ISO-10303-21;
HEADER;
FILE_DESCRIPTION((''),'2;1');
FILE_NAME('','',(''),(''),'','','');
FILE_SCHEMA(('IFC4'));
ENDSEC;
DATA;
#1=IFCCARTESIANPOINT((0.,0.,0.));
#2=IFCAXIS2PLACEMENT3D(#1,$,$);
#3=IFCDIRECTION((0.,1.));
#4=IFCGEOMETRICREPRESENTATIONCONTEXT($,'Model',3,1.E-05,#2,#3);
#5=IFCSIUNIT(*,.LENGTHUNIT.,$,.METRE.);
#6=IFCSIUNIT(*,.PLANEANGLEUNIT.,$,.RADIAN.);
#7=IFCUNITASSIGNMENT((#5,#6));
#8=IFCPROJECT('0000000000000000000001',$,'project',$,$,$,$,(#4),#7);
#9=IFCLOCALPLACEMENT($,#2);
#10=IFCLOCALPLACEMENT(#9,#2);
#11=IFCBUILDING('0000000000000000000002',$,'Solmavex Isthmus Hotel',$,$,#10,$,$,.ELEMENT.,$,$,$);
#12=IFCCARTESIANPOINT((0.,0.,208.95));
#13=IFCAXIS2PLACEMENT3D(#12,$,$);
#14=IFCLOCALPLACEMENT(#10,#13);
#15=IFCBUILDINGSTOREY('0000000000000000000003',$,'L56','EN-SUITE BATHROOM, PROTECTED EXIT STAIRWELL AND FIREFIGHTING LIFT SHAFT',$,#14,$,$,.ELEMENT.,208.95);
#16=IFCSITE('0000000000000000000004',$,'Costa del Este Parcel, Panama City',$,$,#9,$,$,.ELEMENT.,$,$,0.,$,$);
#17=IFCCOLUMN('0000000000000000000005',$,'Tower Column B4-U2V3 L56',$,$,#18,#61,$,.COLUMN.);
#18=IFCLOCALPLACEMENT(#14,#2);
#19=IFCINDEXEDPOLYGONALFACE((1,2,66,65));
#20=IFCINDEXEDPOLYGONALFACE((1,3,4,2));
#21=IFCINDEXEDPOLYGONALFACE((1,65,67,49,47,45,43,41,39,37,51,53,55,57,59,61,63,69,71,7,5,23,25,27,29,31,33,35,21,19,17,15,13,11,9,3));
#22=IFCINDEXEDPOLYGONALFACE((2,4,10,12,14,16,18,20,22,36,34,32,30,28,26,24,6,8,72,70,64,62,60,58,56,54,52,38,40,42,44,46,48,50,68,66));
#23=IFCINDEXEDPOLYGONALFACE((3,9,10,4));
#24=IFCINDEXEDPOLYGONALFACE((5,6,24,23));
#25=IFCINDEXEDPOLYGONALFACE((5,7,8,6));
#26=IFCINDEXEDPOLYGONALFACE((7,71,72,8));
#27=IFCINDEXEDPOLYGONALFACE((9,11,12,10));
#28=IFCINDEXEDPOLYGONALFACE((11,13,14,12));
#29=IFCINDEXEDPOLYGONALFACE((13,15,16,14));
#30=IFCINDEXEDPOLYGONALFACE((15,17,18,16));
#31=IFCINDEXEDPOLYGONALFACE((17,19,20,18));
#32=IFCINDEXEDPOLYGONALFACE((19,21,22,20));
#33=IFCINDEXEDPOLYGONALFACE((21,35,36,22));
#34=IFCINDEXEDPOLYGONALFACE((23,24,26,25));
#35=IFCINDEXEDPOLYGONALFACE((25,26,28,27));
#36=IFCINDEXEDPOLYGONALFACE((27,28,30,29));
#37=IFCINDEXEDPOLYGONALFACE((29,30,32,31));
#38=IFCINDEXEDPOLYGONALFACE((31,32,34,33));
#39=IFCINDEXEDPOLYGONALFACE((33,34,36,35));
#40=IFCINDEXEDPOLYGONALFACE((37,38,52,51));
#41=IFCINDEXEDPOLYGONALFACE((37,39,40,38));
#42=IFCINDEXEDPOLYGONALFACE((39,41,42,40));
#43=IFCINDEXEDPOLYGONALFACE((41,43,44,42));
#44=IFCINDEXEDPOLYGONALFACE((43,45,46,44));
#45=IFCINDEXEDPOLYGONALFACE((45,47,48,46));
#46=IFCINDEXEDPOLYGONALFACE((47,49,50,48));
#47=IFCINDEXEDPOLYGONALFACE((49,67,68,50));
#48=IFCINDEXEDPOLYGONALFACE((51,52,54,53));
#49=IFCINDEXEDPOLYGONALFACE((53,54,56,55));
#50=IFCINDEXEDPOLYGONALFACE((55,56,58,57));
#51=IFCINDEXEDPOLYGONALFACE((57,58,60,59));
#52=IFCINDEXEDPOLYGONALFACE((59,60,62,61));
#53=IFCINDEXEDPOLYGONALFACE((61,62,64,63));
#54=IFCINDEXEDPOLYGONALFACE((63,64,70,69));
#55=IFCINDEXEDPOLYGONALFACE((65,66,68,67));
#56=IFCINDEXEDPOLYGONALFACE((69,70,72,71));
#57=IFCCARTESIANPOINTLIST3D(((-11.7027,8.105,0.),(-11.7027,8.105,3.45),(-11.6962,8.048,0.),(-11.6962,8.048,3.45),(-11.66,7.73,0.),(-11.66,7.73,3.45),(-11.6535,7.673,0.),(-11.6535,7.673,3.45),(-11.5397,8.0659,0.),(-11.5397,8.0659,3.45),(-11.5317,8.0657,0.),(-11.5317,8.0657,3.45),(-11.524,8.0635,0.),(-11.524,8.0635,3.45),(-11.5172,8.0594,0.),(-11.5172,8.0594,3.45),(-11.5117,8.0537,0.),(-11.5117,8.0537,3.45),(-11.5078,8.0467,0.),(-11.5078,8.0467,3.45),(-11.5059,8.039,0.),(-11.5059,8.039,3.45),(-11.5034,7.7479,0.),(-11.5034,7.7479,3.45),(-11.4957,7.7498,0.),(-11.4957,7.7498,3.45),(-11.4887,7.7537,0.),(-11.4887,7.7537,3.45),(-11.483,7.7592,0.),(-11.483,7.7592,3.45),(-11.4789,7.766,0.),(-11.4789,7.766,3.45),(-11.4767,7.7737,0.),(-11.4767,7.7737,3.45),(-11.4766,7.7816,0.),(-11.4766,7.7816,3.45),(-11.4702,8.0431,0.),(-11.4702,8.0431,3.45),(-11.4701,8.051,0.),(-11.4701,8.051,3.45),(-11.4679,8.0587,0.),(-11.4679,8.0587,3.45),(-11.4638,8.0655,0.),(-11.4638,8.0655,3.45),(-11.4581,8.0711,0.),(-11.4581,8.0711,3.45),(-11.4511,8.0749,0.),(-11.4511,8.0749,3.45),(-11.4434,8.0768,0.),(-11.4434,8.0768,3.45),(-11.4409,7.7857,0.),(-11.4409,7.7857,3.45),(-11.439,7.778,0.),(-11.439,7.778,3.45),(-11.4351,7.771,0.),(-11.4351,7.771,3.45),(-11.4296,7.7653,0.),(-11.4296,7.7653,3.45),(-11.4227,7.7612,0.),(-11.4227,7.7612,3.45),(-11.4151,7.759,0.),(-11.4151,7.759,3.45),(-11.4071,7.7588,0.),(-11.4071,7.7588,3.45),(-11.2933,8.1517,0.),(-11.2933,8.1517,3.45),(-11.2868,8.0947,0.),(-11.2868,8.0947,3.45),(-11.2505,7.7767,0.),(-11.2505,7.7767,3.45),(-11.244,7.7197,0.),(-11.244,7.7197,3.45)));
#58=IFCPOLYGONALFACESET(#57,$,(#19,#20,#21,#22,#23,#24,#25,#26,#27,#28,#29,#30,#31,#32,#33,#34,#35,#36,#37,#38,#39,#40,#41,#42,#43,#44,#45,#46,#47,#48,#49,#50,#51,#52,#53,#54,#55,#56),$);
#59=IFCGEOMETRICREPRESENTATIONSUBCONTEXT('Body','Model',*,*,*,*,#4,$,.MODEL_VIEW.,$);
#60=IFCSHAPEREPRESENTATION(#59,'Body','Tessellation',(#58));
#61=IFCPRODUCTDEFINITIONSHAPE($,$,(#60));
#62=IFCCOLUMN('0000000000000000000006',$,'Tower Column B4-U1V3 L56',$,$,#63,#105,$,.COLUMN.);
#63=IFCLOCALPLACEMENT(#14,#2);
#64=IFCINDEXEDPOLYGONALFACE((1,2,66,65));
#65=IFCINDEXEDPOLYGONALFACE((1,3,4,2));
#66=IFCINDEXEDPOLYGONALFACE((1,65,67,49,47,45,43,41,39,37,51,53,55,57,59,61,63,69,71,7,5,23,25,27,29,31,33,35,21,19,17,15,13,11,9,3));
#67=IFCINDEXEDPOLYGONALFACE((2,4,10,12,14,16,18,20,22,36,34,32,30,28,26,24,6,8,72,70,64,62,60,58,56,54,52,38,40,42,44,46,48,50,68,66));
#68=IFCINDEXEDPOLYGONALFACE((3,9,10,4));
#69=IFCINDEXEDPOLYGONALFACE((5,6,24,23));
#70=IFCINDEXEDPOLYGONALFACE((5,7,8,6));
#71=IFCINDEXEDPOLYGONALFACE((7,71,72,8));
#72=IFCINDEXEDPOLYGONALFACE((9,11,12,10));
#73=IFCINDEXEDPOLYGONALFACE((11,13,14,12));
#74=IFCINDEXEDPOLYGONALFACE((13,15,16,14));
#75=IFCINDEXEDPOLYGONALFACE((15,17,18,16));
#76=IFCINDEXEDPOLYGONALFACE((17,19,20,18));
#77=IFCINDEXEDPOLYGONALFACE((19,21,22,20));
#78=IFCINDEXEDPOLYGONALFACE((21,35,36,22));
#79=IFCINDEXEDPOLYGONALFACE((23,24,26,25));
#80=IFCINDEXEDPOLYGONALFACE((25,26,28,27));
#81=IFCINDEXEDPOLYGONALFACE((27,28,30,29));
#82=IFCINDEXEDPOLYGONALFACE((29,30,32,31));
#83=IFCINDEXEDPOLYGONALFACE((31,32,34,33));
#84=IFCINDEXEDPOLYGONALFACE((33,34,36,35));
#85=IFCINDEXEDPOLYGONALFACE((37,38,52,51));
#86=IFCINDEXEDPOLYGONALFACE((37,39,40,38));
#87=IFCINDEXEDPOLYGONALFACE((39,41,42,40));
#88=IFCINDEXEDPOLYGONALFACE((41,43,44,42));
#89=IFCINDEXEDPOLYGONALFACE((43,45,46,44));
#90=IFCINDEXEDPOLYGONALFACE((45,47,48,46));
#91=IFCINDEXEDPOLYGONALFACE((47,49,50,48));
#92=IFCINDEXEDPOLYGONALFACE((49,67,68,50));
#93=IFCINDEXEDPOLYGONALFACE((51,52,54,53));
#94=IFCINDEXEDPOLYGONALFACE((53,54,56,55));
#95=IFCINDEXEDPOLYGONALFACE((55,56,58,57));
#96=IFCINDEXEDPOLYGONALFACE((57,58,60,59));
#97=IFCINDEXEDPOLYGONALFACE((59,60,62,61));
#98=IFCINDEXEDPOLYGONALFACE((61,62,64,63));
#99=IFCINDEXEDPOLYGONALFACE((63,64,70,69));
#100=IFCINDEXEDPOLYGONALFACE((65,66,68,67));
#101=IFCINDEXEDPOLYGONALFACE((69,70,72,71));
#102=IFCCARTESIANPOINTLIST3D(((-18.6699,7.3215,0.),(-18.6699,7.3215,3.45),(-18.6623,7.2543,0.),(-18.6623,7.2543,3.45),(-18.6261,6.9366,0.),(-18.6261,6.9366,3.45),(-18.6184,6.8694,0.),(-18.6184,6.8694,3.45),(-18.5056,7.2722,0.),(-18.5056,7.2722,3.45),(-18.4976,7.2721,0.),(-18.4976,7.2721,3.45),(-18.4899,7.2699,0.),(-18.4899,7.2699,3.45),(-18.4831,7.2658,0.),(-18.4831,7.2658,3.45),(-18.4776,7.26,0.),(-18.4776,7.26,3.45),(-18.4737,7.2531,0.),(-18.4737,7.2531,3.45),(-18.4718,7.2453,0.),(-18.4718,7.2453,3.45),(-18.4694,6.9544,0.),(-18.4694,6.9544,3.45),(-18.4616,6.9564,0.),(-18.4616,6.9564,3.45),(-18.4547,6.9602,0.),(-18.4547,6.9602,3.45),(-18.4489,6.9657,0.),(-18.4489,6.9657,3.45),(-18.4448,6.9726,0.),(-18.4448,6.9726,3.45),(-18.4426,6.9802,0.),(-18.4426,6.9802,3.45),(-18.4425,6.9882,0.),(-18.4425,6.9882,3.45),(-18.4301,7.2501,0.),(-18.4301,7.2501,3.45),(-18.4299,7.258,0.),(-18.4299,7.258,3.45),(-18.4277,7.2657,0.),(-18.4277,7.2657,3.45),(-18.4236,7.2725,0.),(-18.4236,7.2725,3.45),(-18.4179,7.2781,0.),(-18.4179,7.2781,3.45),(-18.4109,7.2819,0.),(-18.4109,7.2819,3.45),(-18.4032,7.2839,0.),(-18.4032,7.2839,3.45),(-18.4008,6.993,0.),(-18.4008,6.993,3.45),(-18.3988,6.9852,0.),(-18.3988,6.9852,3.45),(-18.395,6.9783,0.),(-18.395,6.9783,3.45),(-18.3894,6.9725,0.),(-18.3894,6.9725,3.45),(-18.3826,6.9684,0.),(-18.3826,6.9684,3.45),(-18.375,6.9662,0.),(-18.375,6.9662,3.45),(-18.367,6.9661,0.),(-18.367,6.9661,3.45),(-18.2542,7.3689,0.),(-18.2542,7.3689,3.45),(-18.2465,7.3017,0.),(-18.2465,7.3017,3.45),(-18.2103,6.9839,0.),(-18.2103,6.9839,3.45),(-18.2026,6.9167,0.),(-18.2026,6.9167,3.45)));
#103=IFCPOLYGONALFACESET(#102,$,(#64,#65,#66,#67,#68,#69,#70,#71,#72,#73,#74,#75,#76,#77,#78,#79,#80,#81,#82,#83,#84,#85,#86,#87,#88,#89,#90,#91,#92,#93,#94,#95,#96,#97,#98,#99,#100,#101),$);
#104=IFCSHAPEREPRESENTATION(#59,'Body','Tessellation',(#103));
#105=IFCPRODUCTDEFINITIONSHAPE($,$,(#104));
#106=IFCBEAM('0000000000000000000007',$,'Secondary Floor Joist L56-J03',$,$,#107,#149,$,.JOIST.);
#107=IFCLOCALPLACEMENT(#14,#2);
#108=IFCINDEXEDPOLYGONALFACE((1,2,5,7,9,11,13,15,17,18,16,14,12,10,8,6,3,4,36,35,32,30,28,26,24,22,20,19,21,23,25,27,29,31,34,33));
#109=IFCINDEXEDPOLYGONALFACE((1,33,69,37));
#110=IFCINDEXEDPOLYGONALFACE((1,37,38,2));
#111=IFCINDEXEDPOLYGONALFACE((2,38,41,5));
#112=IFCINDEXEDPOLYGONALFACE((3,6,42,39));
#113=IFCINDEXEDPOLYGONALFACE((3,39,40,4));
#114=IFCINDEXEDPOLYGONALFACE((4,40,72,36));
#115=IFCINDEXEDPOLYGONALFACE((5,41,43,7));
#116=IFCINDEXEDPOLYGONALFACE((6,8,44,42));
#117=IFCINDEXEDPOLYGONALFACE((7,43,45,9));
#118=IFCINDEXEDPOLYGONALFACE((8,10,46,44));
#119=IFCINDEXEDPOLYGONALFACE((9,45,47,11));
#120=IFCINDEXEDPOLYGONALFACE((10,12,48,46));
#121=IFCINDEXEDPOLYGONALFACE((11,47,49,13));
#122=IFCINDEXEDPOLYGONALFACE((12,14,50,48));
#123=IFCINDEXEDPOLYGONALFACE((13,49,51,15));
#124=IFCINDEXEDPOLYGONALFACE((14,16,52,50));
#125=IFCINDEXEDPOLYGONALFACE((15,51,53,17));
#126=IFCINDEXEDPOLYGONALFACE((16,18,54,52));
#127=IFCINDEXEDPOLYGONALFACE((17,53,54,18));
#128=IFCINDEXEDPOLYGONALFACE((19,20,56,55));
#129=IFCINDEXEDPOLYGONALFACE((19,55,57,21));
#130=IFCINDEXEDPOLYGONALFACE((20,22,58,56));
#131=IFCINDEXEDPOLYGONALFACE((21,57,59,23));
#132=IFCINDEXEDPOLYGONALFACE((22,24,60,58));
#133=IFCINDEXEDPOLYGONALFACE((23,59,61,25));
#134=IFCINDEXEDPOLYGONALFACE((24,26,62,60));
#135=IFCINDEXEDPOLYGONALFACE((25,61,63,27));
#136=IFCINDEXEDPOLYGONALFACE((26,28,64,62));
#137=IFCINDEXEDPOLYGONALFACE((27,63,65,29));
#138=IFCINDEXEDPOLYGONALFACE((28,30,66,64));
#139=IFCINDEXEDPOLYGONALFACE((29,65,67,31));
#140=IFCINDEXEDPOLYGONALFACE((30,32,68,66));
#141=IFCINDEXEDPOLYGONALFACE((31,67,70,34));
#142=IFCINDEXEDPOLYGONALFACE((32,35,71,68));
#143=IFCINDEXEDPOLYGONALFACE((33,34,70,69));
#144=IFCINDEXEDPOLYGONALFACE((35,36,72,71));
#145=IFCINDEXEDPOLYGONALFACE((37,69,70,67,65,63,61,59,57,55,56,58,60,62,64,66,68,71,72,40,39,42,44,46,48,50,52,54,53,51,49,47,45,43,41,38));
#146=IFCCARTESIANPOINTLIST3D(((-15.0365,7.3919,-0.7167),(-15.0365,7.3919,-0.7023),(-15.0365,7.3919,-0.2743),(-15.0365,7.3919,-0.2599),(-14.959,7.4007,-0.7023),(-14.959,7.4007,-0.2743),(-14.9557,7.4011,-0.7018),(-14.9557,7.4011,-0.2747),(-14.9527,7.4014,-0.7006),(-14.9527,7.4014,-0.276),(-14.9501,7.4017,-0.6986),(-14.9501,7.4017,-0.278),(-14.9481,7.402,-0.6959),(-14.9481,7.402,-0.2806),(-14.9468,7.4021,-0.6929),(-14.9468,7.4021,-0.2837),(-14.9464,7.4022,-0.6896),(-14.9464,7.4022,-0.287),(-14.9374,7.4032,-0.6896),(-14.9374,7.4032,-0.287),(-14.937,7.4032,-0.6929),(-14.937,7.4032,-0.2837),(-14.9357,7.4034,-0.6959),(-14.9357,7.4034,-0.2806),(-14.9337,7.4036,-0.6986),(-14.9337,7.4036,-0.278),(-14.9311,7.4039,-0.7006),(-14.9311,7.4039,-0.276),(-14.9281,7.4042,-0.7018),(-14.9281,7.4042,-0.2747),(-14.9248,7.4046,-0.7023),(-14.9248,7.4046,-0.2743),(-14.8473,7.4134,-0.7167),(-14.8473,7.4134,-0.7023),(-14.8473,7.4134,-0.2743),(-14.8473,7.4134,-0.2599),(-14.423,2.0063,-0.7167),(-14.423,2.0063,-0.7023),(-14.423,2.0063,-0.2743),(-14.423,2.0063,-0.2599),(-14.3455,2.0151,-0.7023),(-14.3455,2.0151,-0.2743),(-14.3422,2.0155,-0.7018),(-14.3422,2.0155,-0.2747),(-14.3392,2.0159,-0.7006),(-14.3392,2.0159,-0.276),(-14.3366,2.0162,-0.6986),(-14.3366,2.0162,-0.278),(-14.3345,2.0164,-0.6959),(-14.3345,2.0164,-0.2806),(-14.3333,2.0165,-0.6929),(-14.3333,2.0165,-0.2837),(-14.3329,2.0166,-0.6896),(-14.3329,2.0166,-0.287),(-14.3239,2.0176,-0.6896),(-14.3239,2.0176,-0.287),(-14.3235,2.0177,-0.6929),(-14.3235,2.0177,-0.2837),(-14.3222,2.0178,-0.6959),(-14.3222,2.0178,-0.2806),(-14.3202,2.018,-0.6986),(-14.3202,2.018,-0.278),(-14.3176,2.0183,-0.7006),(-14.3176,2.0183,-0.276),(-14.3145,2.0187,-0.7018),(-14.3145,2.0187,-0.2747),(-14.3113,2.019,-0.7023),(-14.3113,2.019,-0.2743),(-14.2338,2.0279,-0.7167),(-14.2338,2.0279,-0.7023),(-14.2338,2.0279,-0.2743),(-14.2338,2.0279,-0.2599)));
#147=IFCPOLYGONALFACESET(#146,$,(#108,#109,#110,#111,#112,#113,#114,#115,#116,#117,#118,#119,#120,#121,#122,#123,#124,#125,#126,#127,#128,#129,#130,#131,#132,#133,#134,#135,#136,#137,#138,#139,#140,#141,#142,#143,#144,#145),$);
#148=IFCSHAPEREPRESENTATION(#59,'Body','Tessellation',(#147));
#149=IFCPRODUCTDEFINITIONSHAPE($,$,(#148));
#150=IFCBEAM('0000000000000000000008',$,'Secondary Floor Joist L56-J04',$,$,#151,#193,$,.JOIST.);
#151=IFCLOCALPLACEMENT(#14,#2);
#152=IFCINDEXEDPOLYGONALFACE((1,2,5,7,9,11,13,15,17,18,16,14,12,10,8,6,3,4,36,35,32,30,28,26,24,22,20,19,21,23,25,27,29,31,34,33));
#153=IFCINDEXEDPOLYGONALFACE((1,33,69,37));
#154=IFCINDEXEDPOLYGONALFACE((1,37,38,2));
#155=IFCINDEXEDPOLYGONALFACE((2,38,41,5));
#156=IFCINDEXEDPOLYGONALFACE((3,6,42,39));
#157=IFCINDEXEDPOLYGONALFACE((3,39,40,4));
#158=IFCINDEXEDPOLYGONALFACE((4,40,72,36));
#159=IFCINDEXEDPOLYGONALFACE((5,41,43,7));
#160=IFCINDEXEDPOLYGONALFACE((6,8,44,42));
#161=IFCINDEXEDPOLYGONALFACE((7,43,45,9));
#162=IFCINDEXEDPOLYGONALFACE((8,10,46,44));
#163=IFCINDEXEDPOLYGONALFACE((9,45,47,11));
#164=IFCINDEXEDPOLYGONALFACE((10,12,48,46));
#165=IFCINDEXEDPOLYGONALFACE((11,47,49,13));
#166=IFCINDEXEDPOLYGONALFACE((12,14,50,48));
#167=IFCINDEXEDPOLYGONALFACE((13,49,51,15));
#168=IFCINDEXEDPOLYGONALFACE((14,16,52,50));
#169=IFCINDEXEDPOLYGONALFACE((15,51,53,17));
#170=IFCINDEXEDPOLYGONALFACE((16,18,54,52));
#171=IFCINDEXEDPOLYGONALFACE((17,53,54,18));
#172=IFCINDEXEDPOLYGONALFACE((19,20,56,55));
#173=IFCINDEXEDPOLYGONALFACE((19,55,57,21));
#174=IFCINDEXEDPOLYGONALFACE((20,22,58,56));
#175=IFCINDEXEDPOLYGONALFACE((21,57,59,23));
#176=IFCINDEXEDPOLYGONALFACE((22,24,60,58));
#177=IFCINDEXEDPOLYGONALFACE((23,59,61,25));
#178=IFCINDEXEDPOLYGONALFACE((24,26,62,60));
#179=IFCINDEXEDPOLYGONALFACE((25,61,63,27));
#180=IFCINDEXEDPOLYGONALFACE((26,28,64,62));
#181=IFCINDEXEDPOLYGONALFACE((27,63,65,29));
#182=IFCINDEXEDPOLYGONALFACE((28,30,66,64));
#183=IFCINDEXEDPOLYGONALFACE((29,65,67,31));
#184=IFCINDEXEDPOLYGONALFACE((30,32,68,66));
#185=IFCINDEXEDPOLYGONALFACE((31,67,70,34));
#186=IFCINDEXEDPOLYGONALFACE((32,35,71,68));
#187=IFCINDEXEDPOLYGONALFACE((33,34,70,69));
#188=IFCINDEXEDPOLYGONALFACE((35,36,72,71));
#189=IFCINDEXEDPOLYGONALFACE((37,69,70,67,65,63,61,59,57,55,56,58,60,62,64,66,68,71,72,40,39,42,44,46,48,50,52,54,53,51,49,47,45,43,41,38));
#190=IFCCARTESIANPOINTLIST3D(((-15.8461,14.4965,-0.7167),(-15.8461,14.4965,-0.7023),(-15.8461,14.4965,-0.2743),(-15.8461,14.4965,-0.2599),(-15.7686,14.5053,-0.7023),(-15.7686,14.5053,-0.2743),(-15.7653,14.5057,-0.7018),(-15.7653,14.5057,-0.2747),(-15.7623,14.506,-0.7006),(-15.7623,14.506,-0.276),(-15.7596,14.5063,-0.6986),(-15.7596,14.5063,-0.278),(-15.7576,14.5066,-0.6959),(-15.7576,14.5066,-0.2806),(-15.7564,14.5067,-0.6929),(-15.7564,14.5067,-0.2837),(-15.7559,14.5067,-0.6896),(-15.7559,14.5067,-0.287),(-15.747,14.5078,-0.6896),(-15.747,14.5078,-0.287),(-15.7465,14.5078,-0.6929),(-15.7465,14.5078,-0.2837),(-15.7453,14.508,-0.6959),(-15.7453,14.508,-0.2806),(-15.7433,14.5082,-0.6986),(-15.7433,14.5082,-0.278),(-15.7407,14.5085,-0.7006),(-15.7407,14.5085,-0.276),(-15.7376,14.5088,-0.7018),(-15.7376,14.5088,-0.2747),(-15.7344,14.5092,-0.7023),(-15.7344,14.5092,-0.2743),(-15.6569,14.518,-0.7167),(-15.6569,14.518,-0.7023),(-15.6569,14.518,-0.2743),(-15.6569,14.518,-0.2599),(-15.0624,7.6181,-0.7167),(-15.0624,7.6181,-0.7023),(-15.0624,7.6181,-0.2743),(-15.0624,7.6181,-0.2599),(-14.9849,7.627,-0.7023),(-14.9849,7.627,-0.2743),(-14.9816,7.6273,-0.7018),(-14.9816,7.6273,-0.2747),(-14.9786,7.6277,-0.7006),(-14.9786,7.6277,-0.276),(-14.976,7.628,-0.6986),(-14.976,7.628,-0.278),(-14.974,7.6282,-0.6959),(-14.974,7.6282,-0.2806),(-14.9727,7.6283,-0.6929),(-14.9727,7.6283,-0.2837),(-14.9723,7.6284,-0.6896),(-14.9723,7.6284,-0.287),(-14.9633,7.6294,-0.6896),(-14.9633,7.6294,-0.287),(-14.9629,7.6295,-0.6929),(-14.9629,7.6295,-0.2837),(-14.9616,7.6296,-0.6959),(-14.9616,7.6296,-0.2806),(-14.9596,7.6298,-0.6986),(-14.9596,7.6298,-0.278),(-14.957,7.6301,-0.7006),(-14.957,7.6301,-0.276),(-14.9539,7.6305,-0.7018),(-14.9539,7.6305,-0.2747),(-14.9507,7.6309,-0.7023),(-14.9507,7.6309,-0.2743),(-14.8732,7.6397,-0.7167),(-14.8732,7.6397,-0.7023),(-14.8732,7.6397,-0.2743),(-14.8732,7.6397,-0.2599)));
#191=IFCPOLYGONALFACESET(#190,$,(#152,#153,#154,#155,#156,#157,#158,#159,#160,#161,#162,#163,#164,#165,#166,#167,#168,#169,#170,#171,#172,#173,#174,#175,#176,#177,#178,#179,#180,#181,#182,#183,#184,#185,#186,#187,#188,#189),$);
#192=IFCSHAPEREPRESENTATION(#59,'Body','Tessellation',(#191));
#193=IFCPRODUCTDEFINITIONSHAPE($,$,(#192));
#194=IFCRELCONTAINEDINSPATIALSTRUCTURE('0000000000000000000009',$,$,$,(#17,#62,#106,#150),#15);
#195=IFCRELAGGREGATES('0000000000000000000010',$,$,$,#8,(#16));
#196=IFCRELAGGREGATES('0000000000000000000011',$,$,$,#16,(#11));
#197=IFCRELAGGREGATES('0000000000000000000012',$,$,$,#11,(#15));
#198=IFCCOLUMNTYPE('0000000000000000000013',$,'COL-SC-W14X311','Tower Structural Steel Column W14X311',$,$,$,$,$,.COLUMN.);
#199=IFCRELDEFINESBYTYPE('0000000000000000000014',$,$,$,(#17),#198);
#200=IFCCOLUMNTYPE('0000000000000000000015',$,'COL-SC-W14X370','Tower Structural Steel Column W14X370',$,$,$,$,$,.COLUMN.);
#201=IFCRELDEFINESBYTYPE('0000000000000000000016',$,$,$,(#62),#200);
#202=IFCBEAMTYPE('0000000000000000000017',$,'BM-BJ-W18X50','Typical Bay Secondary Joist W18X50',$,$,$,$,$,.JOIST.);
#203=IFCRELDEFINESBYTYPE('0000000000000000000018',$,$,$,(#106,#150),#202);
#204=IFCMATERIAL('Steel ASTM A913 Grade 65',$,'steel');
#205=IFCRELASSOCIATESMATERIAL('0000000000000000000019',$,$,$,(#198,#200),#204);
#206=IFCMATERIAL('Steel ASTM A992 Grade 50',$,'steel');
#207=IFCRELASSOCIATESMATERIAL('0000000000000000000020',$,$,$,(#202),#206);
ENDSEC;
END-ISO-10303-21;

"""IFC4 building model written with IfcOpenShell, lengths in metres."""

from ifc_helpers import new_model, si_unit, direction, frame, origin, origin_2d, place, context, subcontext, project, spatial, i_section, extrude, material, material_profile, profile_set, type_object, element, save


model = new_model("IFC4")

# Units and contexts
model_context = context("Model", 3, precision=1e-05, world=origin(), true_north=direction((0.0, 1.0)))
body_context = subcontext(model_context, "Body", "Model", "MODEL_VIEW")
ifc_project = project(units=[si_unit("LENGTHUNIT", "METRE"), si_unit("PLANEANGLEUNIT", "RADIAN")], contexts=[model_context])

# Site, building, storey
site_placement = place(None, origin())
site = spatial("IfcSite", under=ifc_project, at=site_placement, Name="Costa del Este Parcel, Panama City", CompositionType="ELEMENT", RefElevation=0.0)
building_placement = place(site_placement, origin())
building = spatial("IfcBuilding", under=site, at=building_placement, Name="Solmavex Isthmus Hotel", CompositionType="ELEMENT")
storey_placement = place(building_placement, frame((0.0, 0.0, 208.95)))
storey = spatial("IfcBuildingStorey", under=building, at=storey_placement, Name="L56", Description="EN-SUITE BATHROOM, PROTECTED EXIT STAIRWELL AND FIREFIGHTING LIFT SHAFT", CompositionType="ELEMENT", Elevation=208.95)

# Columns
ifc_material_1 = material(Name="Steel ASTM A913 Grade 65", Category="steel")
ifc_material_profile_1 = material_profile(ifc_material_1, i_section(OverallWidth=0.4121, OverallDepth=0.4348, WebThickness=0.0359, FlangeThickness=0.0574, FilletRadius=0.0305, at=origin_2d()), Name="W14X311")
ifc_profile_set_1 = profile_set([ifc_material_profile_1], Name="Steel ASTM A913 Grade 65")
column_type_1 = type_object("IfcColumnType", Name="COL-SC-W14X311", Description="Tower Structural Steel Column W14X311", PredefinedType="COLUMN", material=ifc_profile_set_1)
column_1_placement = place(storey_placement, frame((-11.4734, 7.9124, 0.0), z_axis=(0.0, 0.0, 1.0), x_axis=(0.993572, 0.113203, 0.0)))
element("IfcColumn", 1, at=column_1_placement, inside=storey, type_object=column_type_1, Name="Tower Column B4-U2V3 L56", PredefinedType="COLUMN", context=body_context, shape_type="SweptSolid", body=[
    extrude(i_section(OverallWidth=0.4121, OverallDepth=0.4348, WebThickness=0.0359, FlangeThickness=0.0574, FilletRadius=0.0305, at=origin_2d()), origin(), (0.0, 0.0, 1.0), 3.45),
])
ifc_material_profile_2 = material_profile(ifc_material_1, i_section(OverallWidth=0.4185, OverallDepth=0.4551, WebThickness=0.042, FlangeThickness=0.0676, FilletRadius=0.0305, at=origin_2d()), Name="W14X370")
ifc_profile_set_2 = profile_set([ifc_material_profile_2], Name="Steel ASTM A913 Grade 65")
column_type_2 = type_object("IfcColumnType", Name="COL-SC-W14X370", Description="Tower Structural Steel Column W14X370", PredefinedType="COLUMN", material=ifc_profile_set_2)
column_2_placement = place(storey_placement, frame((-18.4363, 7.1191, 0.0), z_axis=(0.0, 0.0, 1.0), x_axis=(0.993572, 0.113203, 0.0)))
element("IfcColumn", 2, at=column_2_placement, inside=storey, type_object=column_type_2, Name="Tower Column B4-U1V3 L56", PredefinedType="COLUMN", context=body_context, shape_type="SweptSolid", body=[
    extrude(i_section(OverallWidth=0.4185, OverallDepth=0.4551, WebThickness=0.042, FlangeThickness=0.0676, FilletRadius=0.0305, at=origin_2d()), origin(), (0.0, 0.0, 1.0), 3.45),
])

# Beams
ifc_material_2 = material(Name="Steel ASTM A992 Grade 50", Category="steel")
ifc_material_profile_3 = material_profile(ifc_material_2, i_section(OverallWidth=0.1904, OverallDepth=0.4568, WebThickness=0.009, FlangeThickness=0.0144, FilletRadius=0.0127, at=origin_2d()), Name="W18X50")
ifc_profile_set_3 = profile_set([ifc_material_profile_3], Name="Steel ASTM A992 Grade 50")
beam_type_1 = type_object("IfcBeamType", Name="BM-BJ-W18X50", Description="Typical Bay Secondary Joist W18X50", PredefinedType="JOIST", material=ifc_profile_set_3)
beam_1_placement = place(storey_placement, frame((-14.3284, 2.0171, -0.4883), z_axis=(-0.11319, 0.993573, 0.0), x_axis=(-0.993573, -0.11319, 0.0)))
element("IfcBeam", 3, at=beam_1_placement, inside=storey, type_object=beam_type_1, Name="Secondary Floor Joist L56-J03", PredefinedType="JOIST", context=body_context, shape_type="SweptSolid", body=[
    extrude(i_section(OverallWidth=0.1904, OverallDepth=0.4568, WebThickness=0.009, FlangeThickness=0.0144, FilletRadius=0.0127, at=origin_2d()), origin(), (0.0, 0.0, 1.0), 5.4204),
])
beam_2_placement = place(storey_placement, frame((-14.9678, 7.6289, -0.4883), z_axis=(-0.113202, 0.993572, 0.0), x_axis=(-0.993572, -0.113202, 0.0)))
element("IfcBeam", 4, at=beam_2_placement, inside=storey, type_object=beam_type_1, Name="Secondary Floor Joist L56-J04", PredefinedType="JOIST", context=body_context, shape_type="SweptSolid", body=[
    extrude(i_section(OverallWidth=0.1904, OverallDepth=0.4568, WebThickness=0.009, FlangeThickness=0.0144, FilletRadius=0.0127, at=origin_2d()), origin(), (0.0, 0.0, 1.0), 6.9229),
])

save(model, "model.ifc")
